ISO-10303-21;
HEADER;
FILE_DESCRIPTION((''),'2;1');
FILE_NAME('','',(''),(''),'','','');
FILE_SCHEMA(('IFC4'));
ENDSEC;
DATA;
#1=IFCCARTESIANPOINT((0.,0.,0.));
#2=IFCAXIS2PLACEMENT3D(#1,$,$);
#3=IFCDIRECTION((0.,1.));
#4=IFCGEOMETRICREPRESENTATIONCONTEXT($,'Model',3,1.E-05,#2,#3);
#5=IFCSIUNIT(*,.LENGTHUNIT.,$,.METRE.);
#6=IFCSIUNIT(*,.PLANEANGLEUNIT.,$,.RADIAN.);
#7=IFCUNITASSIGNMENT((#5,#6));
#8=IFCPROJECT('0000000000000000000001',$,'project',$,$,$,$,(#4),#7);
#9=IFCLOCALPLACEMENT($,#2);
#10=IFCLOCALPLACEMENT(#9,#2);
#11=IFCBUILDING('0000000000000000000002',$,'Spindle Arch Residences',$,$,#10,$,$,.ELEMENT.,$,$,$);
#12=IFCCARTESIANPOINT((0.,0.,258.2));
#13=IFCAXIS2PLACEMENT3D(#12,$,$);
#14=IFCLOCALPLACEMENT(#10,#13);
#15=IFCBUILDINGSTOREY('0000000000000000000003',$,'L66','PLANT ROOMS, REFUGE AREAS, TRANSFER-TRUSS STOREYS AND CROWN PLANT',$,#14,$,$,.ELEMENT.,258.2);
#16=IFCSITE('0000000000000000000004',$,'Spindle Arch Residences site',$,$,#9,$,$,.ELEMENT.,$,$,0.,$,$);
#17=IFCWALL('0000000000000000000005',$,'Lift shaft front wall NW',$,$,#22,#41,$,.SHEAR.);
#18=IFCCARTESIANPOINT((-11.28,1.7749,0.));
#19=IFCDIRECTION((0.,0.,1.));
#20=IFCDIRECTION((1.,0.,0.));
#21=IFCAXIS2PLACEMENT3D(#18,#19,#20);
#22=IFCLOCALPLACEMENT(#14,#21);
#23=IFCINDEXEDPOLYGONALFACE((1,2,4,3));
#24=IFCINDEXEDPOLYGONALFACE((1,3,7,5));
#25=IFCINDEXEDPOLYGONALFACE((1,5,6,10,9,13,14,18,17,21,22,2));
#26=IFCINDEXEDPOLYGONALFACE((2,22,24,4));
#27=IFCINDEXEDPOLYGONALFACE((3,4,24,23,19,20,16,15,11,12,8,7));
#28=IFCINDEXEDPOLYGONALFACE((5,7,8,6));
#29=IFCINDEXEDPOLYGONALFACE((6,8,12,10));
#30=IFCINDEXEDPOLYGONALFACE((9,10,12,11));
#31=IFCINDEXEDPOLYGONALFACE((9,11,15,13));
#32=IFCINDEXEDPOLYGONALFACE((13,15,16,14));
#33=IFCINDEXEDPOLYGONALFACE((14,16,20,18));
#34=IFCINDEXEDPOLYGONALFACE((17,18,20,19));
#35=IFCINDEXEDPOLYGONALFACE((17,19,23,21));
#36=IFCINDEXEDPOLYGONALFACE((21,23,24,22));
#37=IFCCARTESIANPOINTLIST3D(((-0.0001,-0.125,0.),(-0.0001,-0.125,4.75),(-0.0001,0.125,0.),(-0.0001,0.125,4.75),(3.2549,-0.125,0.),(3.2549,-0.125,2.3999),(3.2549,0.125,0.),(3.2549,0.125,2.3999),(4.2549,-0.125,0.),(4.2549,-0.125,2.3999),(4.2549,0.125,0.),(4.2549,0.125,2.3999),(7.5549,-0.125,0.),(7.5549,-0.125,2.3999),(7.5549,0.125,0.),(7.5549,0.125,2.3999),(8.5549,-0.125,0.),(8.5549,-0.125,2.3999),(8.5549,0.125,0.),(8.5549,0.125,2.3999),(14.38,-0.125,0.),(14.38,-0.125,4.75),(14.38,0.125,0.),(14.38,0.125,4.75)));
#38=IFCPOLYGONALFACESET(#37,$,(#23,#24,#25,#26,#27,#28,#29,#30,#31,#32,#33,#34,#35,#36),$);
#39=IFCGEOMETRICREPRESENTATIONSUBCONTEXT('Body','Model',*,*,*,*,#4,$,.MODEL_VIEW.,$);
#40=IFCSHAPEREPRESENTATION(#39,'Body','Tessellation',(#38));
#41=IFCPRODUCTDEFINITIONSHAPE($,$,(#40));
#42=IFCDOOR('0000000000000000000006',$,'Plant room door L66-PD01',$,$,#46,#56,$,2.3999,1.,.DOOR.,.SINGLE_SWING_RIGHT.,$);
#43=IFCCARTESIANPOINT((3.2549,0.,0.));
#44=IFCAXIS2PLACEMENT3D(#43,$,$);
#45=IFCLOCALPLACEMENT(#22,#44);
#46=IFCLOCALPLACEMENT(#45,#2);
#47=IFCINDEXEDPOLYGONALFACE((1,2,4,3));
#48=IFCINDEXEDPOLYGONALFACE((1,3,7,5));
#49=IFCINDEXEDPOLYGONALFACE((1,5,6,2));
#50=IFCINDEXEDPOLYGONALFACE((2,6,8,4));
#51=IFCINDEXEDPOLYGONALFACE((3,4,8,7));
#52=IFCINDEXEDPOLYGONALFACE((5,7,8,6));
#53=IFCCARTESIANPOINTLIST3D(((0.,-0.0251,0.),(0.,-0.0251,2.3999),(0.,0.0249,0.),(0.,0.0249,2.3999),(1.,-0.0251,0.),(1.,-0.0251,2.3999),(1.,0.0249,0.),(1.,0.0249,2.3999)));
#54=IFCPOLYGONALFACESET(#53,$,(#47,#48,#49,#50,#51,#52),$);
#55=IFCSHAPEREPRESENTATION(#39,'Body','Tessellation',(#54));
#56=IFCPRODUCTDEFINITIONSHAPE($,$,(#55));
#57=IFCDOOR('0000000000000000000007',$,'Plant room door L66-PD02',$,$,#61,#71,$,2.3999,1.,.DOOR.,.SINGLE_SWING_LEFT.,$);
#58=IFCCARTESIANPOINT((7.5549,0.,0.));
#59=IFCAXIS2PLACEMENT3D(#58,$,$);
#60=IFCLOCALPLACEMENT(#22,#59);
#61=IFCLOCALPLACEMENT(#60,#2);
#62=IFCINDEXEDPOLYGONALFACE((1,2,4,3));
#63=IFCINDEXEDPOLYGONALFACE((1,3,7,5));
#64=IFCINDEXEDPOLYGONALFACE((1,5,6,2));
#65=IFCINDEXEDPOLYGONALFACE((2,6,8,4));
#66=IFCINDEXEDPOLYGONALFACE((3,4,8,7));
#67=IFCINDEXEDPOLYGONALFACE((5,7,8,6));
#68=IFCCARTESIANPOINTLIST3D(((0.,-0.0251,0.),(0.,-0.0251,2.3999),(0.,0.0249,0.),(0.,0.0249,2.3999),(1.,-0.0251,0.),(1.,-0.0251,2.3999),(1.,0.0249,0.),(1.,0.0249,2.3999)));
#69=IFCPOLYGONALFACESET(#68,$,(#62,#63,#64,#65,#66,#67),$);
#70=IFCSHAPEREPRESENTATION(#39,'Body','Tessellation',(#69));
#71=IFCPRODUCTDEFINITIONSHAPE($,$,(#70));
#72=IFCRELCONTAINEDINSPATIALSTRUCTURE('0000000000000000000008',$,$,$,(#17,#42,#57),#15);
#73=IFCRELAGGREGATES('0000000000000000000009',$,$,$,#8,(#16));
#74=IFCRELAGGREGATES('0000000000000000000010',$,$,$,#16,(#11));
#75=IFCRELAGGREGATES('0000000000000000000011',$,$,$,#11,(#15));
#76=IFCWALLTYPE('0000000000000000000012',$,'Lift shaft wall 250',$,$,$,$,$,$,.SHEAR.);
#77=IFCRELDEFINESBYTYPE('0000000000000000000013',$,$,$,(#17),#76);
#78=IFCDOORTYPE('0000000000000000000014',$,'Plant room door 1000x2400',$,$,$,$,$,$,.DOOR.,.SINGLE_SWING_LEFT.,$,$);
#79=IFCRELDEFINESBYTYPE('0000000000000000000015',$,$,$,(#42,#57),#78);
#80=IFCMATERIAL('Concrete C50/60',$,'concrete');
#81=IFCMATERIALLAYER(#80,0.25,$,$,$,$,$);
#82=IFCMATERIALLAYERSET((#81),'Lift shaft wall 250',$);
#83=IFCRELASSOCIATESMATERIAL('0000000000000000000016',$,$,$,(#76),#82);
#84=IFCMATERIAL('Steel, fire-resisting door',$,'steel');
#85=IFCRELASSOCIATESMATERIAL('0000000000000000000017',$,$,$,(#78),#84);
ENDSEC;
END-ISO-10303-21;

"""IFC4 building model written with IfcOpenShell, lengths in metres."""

from ifc_helpers import new_model, si_unit, direction, frame, frame_2d, origin, place, context, subcontext, project, spatial, rectangle, extrude, material, layer, layer_set, type_object, element, fill, save


model = new_model("IFC4")

# Units and contexts
model_context = context("Model", 3, precision=1e-05, world=origin(), true_north=direction((0.0, 1.0)))
body_context = subcontext(model_context, "Body", "Model", "MODEL_VIEW")
ifc_project = project(units=[si_unit("LENGTHUNIT", "METRE"), si_unit("PLANEANGLEUNIT", "RADIAN")], contexts=[model_context])

# Site, building, storey
site_placement = place(None, origin())
site = spatial("IfcSite", under=ifc_project, at=site_placement, Name="Spindle Arch Residences site", CompositionType="ELEMENT", RefElevation=0.0)
building_placement = place(site_placement, origin())
building = spatial("IfcBuilding", under=site, at=building_placement, Name="Spindle Arch Residences", CompositionType="ELEMENT")
storey_placement = place(building_placement, frame((0.0, 0.0, 258.2)))
storey = spatial("IfcBuildingStorey", under=building, at=storey_placement, Name="L66", Description="PLANT ROOMS, REFUGE AREAS, TRANSFER-TRUSS STOREYS AND CROWN PLANT", CompositionType="ELEMENT", Elevation=258.2)

# Wall, openings, doors
ifc_material_1 = material(Name="Concrete C50/60", Category="concrete")
ifc_layer_1 = layer(ifc_material_1, 0.25)
ifc_layer_set_1 = layer_set([ifc_layer_1], Name="Lift shaft wall 250")
wall_type_1 = type_object("IfcWallType", Name="Lift shaft wall 250", PredefinedType="SHEAR", material=ifc_layer_set_1)
wall_1_placement = place(storey_placement, frame((-11.28, 1.7749, 0.0), z_axis=(0.0, 0.0, 1.0), x_axis=(1.0, 0.0, 0.0)))
wall_1 = element("IfcWall", 1, at=wall_1_placement, inside=storey, type_object=wall_type_1, Name="Lift shaft front wall NW", PredefinedType="SHEAR", context=body_context, shape_type="SweptSolid", body=[
    extrude(rectangle(XDim=14.3801, YDim=0.25, at=frame_2d((7.1899, 0.0))), origin(), (0.0, 0.0, 1.0), 4.75),
])
opening_1_placement = place(wall_1_placement, frame((3.2549, 0.0, 0.0)))
opening_1 = element("IfcOpeningElement", 2, at=opening_1_placement, cuts=wall_1, PredefinedType="OPENING", context=body_context, shape_type="SweptSolid", body=[
    extrude(rectangle(XDim=1.0, YDim=2.3999, at=frame_2d((0.5, 1.2))), frame((0.0, 0.135, 0.0), z_axis=(0.0, -1.0, 0.0), x_axis=(1.0, 0.0, 0.0)), (0.0, 0.0, 1.0), 0.27),
])
opening_2_placement = place(wall_1_placement, frame((7.5549, 0.0, 0.0)))
opening_2 = element("IfcOpeningElement", 3, at=opening_2_placement, cuts=wall_1, PredefinedType="OPENING", context=body_context, shape_type="SweptSolid", body=[
    extrude(rectangle(XDim=1.0, YDim=2.3999, at=frame_2d((0.5, 1.2))), frame((0.0, 0.135, 0.0), z_axis=(0.0, -1.0, 0.0), x_axis=(1.0, 0.0, 0.0)), (0.0, 0.0, 1.0), 0.27),
])
ifc_material_2 = material(Name="Steel, fire-resisting door", Category="steel")
door_type_1 = type_object("IfcDoorType", Name="Plant room door 1000x2400", OperationType="SINGLE_SWING_LEFT", PredefinedType="DOOR", material=ifc_material_2)
door_1_placement = place(opening_1_placement, origin())
door_1 = element("IfcDoor", 4, at=door_1_placement, inside=storey, type_object=door_type_1, Name="Plant room door L66-PD01", OperationType="SINGLE_SWING_RIGHT", OverallHeight=2.3999, OverallWidth=1.0, PredefinedType="DOOR", context=body_context, shape_type="SweptSolid", body=[
    extrude(rectangle(XDim=1.0, YDim=2.3999, at=frame_2d((0.5, 1.2))), frame((0.0, 0.0249, 0.0), z_axis=(0.0, -1.0, 0.0), x_axis=(1.0, 0.0, 0.0)), (0.0, 0.0, 1.0), 0.05),
])
fill(opening_1, door_1)
door_2_placement = place(opening_2_placement, origin())
door_2 = element("IfcDoor", 5, at=door_2_placement, inside=storey, type_object=door_type_1, Name="Plant room door L66-PD02", OperationType="SINGLE_SWING_LEFT", OverallHeight=2.3999, OverallWidth=1.0, PredefinedType="DOOR", context=body_context, shape_type="SweptSolid", body=[
    extrude(rectangle(XDim=1.0, YDim=2.3999, at=frame_2d((0.5, 1.2))), frame((0.0, 0.0249, 0.0), z_axis=(0.0, -1.0, 0.0), x_axis=(1.0, 0.0, 0.0)), (0.0, 0.0, 1.0), 0.05),
])
fill(opening_2, door_2)

save(model, "model.ifc")
